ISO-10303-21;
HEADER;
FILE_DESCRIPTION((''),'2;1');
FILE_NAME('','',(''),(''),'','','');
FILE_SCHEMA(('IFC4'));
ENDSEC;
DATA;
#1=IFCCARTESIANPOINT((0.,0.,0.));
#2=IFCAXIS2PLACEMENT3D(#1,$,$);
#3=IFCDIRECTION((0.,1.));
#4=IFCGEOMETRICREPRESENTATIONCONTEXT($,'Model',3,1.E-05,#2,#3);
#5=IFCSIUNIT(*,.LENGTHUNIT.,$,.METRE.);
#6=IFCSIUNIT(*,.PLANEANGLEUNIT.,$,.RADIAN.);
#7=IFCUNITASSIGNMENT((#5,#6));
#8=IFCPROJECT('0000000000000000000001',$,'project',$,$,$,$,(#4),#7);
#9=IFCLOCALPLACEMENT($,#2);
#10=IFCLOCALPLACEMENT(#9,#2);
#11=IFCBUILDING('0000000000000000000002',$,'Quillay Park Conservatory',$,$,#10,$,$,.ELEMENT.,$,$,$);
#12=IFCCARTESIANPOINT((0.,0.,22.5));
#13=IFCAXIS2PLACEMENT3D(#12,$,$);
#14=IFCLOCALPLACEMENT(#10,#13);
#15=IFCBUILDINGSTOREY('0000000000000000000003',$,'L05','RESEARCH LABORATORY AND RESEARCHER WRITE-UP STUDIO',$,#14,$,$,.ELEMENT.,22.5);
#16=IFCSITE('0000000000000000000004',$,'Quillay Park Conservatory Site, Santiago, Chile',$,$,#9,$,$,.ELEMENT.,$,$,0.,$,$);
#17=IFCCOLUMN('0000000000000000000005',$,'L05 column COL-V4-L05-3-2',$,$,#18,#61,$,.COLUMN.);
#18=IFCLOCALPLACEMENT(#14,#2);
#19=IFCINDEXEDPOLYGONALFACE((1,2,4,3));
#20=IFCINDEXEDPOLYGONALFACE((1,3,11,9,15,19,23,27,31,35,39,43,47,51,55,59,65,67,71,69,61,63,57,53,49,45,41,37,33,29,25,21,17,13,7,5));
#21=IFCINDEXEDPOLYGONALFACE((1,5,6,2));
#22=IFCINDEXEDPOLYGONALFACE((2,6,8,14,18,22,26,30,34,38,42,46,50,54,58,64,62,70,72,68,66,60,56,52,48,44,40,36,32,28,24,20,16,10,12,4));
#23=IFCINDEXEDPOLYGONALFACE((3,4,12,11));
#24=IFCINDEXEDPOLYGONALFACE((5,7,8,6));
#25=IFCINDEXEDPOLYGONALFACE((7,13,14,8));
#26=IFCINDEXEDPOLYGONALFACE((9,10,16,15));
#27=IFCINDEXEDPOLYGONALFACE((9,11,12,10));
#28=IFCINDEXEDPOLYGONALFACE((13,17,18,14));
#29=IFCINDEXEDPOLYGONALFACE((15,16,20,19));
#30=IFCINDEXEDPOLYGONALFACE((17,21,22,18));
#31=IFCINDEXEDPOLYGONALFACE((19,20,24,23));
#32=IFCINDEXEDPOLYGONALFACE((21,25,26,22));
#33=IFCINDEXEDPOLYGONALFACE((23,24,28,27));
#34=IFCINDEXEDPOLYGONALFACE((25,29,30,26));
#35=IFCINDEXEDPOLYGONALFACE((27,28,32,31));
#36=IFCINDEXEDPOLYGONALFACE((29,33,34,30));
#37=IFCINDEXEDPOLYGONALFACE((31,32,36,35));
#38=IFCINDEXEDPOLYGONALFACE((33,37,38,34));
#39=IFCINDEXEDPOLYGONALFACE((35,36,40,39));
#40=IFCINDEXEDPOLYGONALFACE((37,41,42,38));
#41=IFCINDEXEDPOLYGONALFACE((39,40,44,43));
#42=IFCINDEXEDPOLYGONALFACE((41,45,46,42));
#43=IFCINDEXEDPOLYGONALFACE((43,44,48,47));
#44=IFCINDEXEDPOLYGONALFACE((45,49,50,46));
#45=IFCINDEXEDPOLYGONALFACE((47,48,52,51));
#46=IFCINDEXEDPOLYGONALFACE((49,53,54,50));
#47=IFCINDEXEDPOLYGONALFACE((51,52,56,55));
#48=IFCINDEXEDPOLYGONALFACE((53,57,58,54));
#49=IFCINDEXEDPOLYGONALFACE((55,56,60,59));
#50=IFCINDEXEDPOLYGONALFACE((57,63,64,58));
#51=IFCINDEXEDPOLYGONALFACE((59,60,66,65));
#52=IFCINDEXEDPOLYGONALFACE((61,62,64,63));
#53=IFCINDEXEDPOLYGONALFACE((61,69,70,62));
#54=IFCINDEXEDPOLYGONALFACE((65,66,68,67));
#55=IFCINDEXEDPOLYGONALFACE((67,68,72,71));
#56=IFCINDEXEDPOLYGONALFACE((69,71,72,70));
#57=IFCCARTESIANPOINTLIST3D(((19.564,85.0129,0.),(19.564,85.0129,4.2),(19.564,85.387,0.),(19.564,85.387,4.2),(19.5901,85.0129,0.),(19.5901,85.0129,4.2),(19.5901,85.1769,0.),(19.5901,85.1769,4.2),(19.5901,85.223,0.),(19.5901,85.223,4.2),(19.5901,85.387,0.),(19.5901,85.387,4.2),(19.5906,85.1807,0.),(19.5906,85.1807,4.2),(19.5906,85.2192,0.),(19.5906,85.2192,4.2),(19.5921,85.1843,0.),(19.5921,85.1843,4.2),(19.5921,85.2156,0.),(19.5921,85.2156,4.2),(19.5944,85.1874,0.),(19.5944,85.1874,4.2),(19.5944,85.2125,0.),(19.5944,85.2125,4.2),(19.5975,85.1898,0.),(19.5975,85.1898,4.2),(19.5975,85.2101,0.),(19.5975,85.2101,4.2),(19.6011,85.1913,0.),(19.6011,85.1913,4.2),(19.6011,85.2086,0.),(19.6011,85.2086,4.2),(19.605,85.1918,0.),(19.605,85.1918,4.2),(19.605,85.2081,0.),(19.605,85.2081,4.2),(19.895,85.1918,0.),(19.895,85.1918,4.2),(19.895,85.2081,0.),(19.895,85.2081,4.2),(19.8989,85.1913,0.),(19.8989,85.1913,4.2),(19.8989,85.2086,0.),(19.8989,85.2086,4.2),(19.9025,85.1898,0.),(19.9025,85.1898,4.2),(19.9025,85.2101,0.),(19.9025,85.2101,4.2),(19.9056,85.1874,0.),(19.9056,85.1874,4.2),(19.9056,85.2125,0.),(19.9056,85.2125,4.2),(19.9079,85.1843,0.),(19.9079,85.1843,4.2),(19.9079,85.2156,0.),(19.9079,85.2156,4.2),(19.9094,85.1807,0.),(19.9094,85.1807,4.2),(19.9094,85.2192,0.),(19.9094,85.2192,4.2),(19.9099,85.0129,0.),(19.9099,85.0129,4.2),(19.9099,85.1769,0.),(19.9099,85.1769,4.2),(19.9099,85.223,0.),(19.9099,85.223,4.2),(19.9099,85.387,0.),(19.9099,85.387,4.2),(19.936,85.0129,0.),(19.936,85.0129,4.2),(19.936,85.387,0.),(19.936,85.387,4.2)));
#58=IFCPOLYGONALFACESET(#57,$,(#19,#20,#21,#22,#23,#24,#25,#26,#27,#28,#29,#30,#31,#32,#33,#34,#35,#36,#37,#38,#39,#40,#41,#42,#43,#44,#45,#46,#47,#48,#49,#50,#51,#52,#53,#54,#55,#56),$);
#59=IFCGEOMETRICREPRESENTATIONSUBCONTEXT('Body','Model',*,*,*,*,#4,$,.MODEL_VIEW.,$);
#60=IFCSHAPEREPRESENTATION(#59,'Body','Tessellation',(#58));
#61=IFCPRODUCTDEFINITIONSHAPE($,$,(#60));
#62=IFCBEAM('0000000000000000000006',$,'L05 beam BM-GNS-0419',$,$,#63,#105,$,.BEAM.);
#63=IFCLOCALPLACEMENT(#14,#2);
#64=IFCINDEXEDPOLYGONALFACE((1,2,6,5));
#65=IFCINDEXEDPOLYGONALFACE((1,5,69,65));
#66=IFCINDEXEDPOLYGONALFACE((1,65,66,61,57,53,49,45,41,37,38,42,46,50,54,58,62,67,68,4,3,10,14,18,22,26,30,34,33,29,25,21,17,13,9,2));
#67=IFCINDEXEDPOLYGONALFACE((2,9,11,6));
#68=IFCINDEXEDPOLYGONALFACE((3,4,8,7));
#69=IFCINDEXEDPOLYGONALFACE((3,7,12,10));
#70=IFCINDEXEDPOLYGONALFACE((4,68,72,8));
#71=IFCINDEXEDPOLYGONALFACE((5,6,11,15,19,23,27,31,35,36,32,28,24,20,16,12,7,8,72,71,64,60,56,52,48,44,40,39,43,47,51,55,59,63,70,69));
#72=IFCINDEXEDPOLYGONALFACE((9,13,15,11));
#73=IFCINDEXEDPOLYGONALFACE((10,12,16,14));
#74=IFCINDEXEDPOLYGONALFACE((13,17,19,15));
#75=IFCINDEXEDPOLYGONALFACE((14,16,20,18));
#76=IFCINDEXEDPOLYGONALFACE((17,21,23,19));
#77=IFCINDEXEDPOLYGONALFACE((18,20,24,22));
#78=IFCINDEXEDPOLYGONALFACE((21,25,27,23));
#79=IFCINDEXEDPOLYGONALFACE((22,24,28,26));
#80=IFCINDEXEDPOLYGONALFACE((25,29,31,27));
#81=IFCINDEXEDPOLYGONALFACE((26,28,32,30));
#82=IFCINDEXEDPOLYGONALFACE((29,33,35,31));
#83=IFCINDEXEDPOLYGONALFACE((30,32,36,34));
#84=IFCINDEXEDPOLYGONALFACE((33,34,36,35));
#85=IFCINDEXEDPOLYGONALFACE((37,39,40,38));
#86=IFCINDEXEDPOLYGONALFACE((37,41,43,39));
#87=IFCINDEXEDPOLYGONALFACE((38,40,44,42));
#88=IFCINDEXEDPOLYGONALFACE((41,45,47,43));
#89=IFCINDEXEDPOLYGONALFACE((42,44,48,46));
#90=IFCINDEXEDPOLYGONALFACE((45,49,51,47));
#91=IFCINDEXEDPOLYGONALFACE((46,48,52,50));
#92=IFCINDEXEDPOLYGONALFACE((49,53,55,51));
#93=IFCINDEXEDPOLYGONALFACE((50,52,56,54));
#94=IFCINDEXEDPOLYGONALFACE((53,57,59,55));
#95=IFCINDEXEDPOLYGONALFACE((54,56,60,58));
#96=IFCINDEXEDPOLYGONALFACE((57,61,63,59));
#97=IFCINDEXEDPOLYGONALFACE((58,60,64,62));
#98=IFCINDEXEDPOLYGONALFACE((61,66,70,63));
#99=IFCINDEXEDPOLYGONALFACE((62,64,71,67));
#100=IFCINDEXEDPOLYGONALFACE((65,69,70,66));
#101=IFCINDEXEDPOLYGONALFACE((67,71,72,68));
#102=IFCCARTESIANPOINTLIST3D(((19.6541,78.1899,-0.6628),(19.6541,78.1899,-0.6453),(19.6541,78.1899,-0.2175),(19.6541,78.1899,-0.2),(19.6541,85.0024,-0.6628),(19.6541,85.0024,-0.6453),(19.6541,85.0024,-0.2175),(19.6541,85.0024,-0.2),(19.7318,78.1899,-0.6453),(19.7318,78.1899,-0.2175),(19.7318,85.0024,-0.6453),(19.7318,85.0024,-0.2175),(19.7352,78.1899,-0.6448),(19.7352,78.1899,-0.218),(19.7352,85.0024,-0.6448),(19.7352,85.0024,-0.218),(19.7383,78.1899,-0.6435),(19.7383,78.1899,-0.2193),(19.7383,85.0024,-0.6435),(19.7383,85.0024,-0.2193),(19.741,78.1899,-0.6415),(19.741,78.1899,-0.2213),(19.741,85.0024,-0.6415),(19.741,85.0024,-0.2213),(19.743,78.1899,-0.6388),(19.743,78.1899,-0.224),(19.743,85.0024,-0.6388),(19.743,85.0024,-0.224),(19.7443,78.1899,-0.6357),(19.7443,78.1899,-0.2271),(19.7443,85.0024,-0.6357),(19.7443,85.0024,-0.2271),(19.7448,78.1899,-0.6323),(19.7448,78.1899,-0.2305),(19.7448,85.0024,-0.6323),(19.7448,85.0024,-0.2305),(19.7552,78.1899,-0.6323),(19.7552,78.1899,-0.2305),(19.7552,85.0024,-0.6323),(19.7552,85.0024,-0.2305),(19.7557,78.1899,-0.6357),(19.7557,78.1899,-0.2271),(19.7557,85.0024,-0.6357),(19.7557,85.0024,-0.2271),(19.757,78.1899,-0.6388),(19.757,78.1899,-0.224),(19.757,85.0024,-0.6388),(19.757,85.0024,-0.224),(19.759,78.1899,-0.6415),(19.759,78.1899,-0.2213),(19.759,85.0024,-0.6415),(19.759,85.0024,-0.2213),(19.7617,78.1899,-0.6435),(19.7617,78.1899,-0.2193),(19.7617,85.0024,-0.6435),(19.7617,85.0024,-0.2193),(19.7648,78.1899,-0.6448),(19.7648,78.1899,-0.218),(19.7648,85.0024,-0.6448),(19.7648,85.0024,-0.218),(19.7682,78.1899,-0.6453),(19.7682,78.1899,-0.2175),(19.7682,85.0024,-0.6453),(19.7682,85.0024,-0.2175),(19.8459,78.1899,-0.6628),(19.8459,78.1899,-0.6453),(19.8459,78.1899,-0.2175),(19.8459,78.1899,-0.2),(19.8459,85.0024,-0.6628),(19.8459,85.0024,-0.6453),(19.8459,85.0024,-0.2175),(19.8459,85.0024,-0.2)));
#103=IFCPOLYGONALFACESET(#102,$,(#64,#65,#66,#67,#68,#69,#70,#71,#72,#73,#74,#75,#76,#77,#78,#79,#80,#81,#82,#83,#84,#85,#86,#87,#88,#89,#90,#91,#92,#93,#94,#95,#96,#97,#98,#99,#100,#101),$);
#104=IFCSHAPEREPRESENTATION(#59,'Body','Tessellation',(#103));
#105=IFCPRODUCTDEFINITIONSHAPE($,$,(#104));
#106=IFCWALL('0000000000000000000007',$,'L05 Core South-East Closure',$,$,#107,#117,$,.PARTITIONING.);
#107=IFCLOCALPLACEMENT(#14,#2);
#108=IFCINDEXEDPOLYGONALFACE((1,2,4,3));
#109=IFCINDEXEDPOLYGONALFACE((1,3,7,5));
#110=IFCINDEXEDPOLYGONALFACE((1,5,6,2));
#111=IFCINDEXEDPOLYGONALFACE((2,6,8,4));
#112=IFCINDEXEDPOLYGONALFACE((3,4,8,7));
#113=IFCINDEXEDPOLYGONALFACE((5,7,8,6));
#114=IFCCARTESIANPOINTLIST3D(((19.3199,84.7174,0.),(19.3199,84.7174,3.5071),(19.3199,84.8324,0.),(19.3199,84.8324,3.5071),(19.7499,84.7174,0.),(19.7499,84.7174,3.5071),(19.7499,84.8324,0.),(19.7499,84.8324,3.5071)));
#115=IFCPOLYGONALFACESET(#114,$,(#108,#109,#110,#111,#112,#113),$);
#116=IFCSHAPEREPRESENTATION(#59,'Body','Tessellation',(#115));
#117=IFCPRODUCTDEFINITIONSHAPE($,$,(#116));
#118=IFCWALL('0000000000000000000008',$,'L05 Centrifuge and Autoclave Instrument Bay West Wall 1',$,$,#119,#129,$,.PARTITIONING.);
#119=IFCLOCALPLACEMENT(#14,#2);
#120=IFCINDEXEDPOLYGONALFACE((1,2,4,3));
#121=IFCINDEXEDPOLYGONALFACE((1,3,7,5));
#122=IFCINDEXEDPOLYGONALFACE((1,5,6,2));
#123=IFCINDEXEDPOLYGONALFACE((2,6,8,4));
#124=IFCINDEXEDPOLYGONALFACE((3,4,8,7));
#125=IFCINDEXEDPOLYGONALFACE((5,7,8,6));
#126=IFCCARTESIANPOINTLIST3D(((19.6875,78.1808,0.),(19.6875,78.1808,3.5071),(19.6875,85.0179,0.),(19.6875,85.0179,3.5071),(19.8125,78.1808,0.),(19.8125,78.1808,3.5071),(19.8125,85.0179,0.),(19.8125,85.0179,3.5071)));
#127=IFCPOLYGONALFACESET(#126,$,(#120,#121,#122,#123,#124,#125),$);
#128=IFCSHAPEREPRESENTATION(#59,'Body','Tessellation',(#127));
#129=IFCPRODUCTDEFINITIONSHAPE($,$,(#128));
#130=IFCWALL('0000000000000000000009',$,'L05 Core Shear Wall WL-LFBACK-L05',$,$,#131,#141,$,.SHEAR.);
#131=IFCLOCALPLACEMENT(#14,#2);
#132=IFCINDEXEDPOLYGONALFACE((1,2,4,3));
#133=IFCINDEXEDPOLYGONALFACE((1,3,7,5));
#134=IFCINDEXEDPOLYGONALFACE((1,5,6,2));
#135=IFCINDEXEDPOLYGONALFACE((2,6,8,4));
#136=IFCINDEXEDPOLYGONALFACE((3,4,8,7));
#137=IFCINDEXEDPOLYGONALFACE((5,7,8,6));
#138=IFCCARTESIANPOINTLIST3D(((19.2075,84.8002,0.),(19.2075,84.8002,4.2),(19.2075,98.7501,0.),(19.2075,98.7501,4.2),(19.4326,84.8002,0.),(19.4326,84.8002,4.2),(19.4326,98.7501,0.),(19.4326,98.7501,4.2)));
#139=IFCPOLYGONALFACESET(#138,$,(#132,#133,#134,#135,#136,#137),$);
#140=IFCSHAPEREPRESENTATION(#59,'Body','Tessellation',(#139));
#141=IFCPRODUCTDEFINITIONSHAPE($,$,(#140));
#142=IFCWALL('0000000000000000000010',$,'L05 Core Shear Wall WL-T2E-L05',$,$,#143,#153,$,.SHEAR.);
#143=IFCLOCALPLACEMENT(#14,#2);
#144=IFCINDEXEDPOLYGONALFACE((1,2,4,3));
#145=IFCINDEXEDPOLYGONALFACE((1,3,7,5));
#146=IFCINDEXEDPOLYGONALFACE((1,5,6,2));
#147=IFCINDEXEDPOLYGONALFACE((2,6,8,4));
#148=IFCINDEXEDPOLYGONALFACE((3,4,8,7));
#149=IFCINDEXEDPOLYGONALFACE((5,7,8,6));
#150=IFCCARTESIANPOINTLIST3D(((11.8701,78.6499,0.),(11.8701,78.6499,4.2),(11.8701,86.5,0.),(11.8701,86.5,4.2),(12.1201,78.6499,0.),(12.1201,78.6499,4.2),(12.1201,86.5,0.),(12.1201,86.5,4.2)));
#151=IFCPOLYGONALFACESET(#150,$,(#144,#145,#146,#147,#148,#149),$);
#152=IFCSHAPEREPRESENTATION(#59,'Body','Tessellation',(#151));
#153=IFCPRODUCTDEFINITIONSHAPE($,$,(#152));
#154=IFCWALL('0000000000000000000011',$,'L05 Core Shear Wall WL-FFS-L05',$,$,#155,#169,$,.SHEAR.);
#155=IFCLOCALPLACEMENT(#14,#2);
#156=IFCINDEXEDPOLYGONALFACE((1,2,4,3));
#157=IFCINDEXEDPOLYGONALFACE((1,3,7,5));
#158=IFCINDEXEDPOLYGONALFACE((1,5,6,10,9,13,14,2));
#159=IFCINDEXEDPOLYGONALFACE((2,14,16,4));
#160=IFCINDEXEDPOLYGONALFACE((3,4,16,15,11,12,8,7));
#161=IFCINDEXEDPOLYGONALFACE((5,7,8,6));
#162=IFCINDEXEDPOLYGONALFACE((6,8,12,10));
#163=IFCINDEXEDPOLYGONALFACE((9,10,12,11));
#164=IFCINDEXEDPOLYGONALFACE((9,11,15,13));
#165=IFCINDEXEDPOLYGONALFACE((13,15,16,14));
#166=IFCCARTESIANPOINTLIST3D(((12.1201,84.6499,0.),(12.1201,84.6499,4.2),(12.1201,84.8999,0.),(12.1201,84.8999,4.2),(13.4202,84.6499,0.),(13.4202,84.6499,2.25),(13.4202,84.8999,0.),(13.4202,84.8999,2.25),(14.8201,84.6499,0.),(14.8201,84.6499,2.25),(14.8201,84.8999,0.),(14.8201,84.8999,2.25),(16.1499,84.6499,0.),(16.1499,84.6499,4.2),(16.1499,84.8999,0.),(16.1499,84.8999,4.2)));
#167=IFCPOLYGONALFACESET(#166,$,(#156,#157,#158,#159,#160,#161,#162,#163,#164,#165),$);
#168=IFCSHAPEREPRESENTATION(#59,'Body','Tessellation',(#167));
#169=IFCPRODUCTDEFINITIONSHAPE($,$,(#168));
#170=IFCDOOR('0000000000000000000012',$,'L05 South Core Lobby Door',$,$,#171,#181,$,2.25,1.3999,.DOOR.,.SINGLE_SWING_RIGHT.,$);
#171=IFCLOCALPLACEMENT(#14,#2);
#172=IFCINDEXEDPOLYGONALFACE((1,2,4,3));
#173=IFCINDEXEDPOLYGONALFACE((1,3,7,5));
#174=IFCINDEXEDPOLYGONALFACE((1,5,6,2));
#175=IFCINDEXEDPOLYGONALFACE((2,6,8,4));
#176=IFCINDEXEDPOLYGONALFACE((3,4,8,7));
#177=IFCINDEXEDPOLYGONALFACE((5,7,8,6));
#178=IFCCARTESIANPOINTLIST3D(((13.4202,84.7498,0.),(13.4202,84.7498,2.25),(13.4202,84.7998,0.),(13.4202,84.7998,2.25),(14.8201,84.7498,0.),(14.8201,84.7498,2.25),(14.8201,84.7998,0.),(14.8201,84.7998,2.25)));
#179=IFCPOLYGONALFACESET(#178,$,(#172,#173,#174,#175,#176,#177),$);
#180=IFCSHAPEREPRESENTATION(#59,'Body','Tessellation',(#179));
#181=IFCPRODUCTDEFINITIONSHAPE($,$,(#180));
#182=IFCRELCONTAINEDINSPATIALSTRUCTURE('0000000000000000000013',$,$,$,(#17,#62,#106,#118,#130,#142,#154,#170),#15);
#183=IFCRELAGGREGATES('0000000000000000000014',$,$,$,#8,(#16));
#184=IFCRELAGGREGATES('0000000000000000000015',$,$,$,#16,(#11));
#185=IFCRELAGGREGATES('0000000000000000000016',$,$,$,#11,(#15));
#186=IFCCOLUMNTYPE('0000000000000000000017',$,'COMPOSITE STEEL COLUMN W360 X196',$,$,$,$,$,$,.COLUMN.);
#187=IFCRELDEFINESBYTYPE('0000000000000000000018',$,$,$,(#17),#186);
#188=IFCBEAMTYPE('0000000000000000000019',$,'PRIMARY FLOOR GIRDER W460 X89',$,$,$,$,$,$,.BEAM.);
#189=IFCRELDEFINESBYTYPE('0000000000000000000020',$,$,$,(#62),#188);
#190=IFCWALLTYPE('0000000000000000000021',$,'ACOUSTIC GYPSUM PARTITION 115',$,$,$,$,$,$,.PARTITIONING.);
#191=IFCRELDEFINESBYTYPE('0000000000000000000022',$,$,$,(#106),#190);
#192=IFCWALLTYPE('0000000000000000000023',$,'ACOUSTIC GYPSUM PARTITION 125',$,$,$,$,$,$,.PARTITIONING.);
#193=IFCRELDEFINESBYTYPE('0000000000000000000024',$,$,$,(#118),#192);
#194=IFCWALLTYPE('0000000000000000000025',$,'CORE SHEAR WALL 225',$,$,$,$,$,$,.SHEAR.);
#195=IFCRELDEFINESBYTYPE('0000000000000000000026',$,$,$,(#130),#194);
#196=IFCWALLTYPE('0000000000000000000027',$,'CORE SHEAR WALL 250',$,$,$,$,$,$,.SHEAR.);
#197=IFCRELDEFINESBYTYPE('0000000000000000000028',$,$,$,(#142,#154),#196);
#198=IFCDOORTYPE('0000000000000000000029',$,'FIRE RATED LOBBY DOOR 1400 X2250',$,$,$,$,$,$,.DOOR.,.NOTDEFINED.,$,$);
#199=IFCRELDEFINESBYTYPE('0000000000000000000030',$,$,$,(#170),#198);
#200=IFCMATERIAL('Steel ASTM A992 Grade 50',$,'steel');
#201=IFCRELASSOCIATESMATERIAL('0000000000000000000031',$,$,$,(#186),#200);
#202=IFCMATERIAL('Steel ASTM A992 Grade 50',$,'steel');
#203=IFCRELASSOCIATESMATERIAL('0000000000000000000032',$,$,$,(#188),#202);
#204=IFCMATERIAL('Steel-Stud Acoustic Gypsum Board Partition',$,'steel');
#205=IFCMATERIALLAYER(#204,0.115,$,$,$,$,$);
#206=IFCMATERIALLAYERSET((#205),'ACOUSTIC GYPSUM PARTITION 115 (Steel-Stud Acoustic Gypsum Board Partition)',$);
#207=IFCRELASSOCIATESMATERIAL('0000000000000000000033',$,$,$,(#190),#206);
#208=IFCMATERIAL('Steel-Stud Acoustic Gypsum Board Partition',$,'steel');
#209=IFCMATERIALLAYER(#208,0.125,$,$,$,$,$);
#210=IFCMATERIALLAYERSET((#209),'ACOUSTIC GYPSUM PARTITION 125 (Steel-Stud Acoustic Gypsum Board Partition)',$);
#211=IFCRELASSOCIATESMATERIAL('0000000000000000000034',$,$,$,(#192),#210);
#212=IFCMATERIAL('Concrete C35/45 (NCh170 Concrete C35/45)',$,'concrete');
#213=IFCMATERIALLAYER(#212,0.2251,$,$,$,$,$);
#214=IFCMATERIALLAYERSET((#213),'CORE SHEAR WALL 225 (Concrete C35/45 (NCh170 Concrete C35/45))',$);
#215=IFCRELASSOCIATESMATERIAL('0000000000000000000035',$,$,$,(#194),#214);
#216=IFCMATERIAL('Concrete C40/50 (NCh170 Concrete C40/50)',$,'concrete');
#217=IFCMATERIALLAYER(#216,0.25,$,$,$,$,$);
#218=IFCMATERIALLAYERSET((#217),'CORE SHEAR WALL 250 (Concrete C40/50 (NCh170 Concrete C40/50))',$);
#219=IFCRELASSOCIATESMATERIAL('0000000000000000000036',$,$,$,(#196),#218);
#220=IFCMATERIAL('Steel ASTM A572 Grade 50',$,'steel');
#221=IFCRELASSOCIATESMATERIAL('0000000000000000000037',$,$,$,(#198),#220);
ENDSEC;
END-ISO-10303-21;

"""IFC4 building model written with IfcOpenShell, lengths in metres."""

from ifc_helpers import new_model, si_unit, direction, frame, frame_2d, origin, origin_2d, place, context, subcontext, project, spatial, rectangle, i_section, extrude, material, layer, layer_set, material_profile, profile_set, type_object, element, fill, save


model = new_model("IFC4")

# Units and contexts
model_context = context("Model", 3, precision=1e-05, world=origin(), true_north=direction((0.0, 1.0)))
body_context = subcontext(model_context, "Body", "Model", "MODEL_VIEW")
ifc_project = project(units=[si_unit("LENGTHUNIT", "METRE"), si_unit("PLANEANGLEUNIT", "RADIAN")], contexts=[model_context])

# Site, building, storey
site_placement = place(None, origin())
site = spatial("IfcSite", under=ifc_project, at=site_placement, Name="Quillay Park Conservatory Site, Santiago, Chile", CompositionType="ELEMENT", RefElevation=0.0)
building_placement = place(site_placement, origin())
building = spatial("IfcBuilding", under=site, at=building_placement, Name="Quillay Park Conservatory", CompositionType="ELEMENT")
storey_placement = place(building_placement, frame((0.0, 0.0, 22.5)))
storey = spatial("IfcBuildingStorey", under=building, at=storey_placement, Name="L05", Description="RESEARCH LABORATORY AND RESEARCHER WRITE-UP STUDIO", CompositionType="ELEMENT", Elevation=22.5)

# Column
ifc_material_1 = material(Name="Steel ASTM A992 Grade 50", Category="steel")
ifc_material_profile_1 = material_profile(ifc_material_1, i_section(OverallWidth=0.374, OverallDepth=0.3721, WebThickness=0.0164, FlangeThickness=0.0261, FilletRadius=0.0149, at=origin_2d()), Name="W360x196")
ifc_profile_set_1 = profile_set([ifc_material_profile_1], Name="Steel ASTM A992 Grade 50")
column_type = type_object("IfcColumnType", Name="COMPOSITE STEEL COLUMN W360 X196", PredefinedType="COLUMN", material=ifc_profile_set_1)
column_placement = place(storey_placement, frame((19.75, 85.2, 0.0), z_axis=(0.0, 0.0, 1.0), x_axis=(0.0, 1.0, 0.0)))
element("IfcColumn", 1, at=column_placement, inside=storey, type_object=column_type, Name="L05 column COL-V4-L05-3-2", PredefinedType="COLUMN", context=body_context, shape_type="SweptSolid", body=[
    extrude(i_section(OverallWidth=0.374, OverallDepth=0.3721, WebThickness=0.0164, FlangeThickness=0.0261, FilletRadius=0.0149, at=origin_2d()), origin(), (0.0, 0.0, 1.0), 4.2),
])

# Beam
ifc_material_2 = material(Name="Steel ASTM A992 Grade 50", Category="steel")
ifc_material_profile_2 = material_profile(ifc_material_2, i_section(OverallWidth=0.1919, OverallDepth=0.4629, WebThickness=0.0105, FlangeThickness=0.0176, FilletRadius=0.0129, at=origin_2d()), Name="W460x89")
ifc_profile_set_2 = profile_set([ifc_material_profile_2], Name="Steel ASTM A992 Grade 50")
beam_type = type_object("IfcBeamType", Name="PRIMARY FLOOR GIRDER W460 X89", PredefinedType="BEAM", material=ifc_profile_set_2)
beam_placement = place(storey_placement, frame((19.75, 78.1899, -0.4314), z_axis=(0.0, 1.0, 0.0), x_axis=(-1.0, 0.0, 0.0)))
element("IfcBeam", 2, at=beam_placement, inside=storey, type_object=beam_type, Name="L05 beam BM-GNS-0419", PredefinedType="BEAM", context=body_context, shape_type="SweptSolid", body=[
    extrude(i_section(OverallWidth=0.1919, OverallDepth=0.4629, WebThickness=0.0105, FlangeThickness=0.0176, FilletRadius=0.0129, at=origin_2d()), origin(), (0.0, 0.0, 1.0), 6.8125),
])

# Walls
ifc_material_3 = material(Name="Steel-Stud Acoustic Gypsum Board Partition", Category="steel")
ifc_layer_1 = layer(ifc_material_3, 0.115)
ifc_layer_set_1 = layer_set([ifc_layer_1], Name="ACOUSTIC GYPSUM PARTITION 115 (Steel-Stud Acoustic Gypsum Board Partition)")
wall_type_1 = type_object("IfcWallType", Name="ACOUSTIC GYPSUM PARTITION 115", PredefinedType="PARTITIONING", material=ifc_layer_set_1)
wall_1_placement = place(storey_placement, frame((19.3201, 84.7749, 0.0), z_axis=(0.0, 0.0, 1.0), x_axis=(1.0, 0.0, 0.0)))
element("IfcWall", 3, at=wall_1_placement, inside=storey, type_object=wall_type_1, Name="L05 Core South-East Closure", PredefinedType="PARTITIONING", context=body_context, shape_type="SweptSolid", body=[
    extrude(rectangle(XDim=0.4299, YDim=0.115, at=frame_2d((0.2148, 0.0))), origin(), (0.0, 0.0, 1.0), 3.5071),
])
ifc_material_4 = material(Name="Steel-Stud Acoustic Gypsum Board Partition", Category="steel")
ifc_layer_2 = layer(ifc_material_4, 0.125)
ifc_layer_set_2 = layer_set([ifc_layer_2], Name="ACOUSTIC GYPSUM PARTITION 125 (Steel-Stud Acoustic Gypsum Board Partition)")
wall_type_2 = type_object("IfcWallType", Name="ACOUSTIC GYPSUM PARTITION 125", PredefinedType="PARTITIONING", material=ifc_layer_set_2)
wall_2_placement = place(storey_placement, frame((19.75, 78.1809, 0.0), z_axis=(0.0, 0.0, 1.0), x_axis=(0.0, 1.0, 0.0)))
element("IfcWall", 4, at=wall_2_placement, inside=storey, type_object=wall_type_2, Name="L05 Centrifuge and Autoclave Instrument Bay West Wall 1", PredefinedType="PARTITIONING", context=body_context, shape_type="SweptSolid", body=[
    extrude(rectangle(XDim=6.8372, YDim=0.125, at=frame_2d((3.4185, 0.0))), origin(), (0.0, 0.0, 1.0), 3.5071),
])
ifc_material_5 = material(Name="Concrete C35/45 (NCh170 Concrete C35/45)", Category="concrete")
ifc_layer_3 = layer(ifc_material_5, 0.2251)
ifc_layer_set_3 = layer_set([ifc_layer_3], Name="CORE SHEAR WALL 225 (Concrete C35/45 (NCh170 Concrete C35/45))")
wall_type_3 = type_object("IfcWallType", Name="CORE SHEAR WALL 225", PredefinedType="SHEAR", material=ifc_layer_set_3)
wall_3_placement = place(storey_placement, frame((19.3201, 84.8, 0.0), z_axis=(0.0, 0.0, 1.0), x_axis=(0.0, 1.0, 0.0)))
element("IfcWall", 5, at=wall_3_placement, inside=storey, type_object=wall_type_3, Name="L05 Core Shear Wall WL-LFBACK-L05", PredefinedType="SHEAR", context=body_context, shape_type="SweptSolid", body=[
    extrude(rectangle(XDim=13.95, YDim=0.2251, at=frame_2d((6.9751, 0.0))), origin(), (0.0, 0.0, 1.0), 4.2),
])
ifc_material_6 = material(Name="Concrete C40/50 (NCh170 Concrete C40/50)", Category="concrete")
ifc_layer_4 = layer(ifc_material_6, 0.25)
ifc_layer_set_4 = layer_set([ifc_layer_4], Name="CORE SHEAR WALL 250 (Concrete C40/50 (NCh170 Concrete C40/50))")
wall_type_4 = type_object("IfcWallType", Name="CORE SHEAR WALL 250", PredefinedType="SHEAR", material=ifc_layer_set_4)
wall_4_placement = place(storey_placement, frame((11.9951, 78.6499, 0.0), z_axis=(0.0, 0.0, 1.0), x_axis=(0.0, 1.0, 0.0)))
element("IfcWall", 6, at=wall_4_placement, inside=storey, type_object=wall_type_4, Name="L05 Core Shear Wall WL-T2E-L05", PredefinedType="SHEAR", context=body_context, shape_type="SweptSolid", body=[
    extrude(rectangle(XDim=7.8501, YDim=0.25, at=frame_2d((3.925, 0.0))), origin(), (0.0, 0.0, 1.0), 4.2),
])

# Wall, opening, door
wall_5_placement = place(storey_placement, frame((12.1201, 84.7749, 0.0), z_axis=(0.0, 0.0, 1.0), x_axis=(1.0, 0.0, 0.0)))
wall_5 = element("IfcWall", 7, at=wall_5_placement, inside=storey, type_object=wall_type_4, Name="L05 Core Shear Wall WL-FFS-L05", PredefinedType="SHEAR", context=body_context, shape_type="SweptSolid", body=[
    extrude(rectangle(XDim=4.0298, YDim=0.25, at=frame_2d((2.0149, 0.0))), origin(), (0.0, 0.0, 1.0), 4.2),
])
opening_1_placement = place(wall_5_placement, frame((1.3, 0.0, 0.0)))
opening_1 = element("IfcOpeningElement", 8, at=opening_1_placement, cuts=wall_5, PredefinedType="OPENING", context=body_context, shape_type="SweptSolid", body=[
    extrude(rectangle(XDim=1.3999, YDim=2.25, at=frame_2d((0.7, 1.125))), frame((0.0, 0.125, 0.0), z_axis=(0.0, -1.0, 0.0), x_axis=(1.0, 0.0, 0.0)), (0.0, 0.0, 1.0), 0.25),
])
ifc_material_7 = material(Name="Steel ASTM A572 Grade 50", Category="steel")
door_type_1 = type_object("IfcDoorType", Name="FIRE RATED LOBBY DOOR 1400 X2250", OperationType="NOTDEFINED", PredefinedType="DOOR", material=ifc_material_7)
door_1_placement = place(opening_1_placement, origin())
door_1 = element("IfcDoor", 9, at=door_1_placement, inside=storey, type_object=door_type_1, Name="L05 South Core Lobby Door", OperationType="SINGLE_SWING_RIGHT", OverallHeight=2.25, OverallWidth=1.3999, PredefinedType="DOOR", context=body_context, shape_type="SweptSolid", body=[
    extrude(rectangle(XDim=1.3999, YDim=2.25, at=frame_2d((0.7, 1.125))), frame((0.0, 0.0249, 0.0), z_axis=(0.0, -1.0, 0.0), x_axis=(1.0, 0.0, 0.0)), (0.0, 0.0, 1.0), 0.05),
])
fill(opening_1, door_1)

save(model, "model.ifc")
